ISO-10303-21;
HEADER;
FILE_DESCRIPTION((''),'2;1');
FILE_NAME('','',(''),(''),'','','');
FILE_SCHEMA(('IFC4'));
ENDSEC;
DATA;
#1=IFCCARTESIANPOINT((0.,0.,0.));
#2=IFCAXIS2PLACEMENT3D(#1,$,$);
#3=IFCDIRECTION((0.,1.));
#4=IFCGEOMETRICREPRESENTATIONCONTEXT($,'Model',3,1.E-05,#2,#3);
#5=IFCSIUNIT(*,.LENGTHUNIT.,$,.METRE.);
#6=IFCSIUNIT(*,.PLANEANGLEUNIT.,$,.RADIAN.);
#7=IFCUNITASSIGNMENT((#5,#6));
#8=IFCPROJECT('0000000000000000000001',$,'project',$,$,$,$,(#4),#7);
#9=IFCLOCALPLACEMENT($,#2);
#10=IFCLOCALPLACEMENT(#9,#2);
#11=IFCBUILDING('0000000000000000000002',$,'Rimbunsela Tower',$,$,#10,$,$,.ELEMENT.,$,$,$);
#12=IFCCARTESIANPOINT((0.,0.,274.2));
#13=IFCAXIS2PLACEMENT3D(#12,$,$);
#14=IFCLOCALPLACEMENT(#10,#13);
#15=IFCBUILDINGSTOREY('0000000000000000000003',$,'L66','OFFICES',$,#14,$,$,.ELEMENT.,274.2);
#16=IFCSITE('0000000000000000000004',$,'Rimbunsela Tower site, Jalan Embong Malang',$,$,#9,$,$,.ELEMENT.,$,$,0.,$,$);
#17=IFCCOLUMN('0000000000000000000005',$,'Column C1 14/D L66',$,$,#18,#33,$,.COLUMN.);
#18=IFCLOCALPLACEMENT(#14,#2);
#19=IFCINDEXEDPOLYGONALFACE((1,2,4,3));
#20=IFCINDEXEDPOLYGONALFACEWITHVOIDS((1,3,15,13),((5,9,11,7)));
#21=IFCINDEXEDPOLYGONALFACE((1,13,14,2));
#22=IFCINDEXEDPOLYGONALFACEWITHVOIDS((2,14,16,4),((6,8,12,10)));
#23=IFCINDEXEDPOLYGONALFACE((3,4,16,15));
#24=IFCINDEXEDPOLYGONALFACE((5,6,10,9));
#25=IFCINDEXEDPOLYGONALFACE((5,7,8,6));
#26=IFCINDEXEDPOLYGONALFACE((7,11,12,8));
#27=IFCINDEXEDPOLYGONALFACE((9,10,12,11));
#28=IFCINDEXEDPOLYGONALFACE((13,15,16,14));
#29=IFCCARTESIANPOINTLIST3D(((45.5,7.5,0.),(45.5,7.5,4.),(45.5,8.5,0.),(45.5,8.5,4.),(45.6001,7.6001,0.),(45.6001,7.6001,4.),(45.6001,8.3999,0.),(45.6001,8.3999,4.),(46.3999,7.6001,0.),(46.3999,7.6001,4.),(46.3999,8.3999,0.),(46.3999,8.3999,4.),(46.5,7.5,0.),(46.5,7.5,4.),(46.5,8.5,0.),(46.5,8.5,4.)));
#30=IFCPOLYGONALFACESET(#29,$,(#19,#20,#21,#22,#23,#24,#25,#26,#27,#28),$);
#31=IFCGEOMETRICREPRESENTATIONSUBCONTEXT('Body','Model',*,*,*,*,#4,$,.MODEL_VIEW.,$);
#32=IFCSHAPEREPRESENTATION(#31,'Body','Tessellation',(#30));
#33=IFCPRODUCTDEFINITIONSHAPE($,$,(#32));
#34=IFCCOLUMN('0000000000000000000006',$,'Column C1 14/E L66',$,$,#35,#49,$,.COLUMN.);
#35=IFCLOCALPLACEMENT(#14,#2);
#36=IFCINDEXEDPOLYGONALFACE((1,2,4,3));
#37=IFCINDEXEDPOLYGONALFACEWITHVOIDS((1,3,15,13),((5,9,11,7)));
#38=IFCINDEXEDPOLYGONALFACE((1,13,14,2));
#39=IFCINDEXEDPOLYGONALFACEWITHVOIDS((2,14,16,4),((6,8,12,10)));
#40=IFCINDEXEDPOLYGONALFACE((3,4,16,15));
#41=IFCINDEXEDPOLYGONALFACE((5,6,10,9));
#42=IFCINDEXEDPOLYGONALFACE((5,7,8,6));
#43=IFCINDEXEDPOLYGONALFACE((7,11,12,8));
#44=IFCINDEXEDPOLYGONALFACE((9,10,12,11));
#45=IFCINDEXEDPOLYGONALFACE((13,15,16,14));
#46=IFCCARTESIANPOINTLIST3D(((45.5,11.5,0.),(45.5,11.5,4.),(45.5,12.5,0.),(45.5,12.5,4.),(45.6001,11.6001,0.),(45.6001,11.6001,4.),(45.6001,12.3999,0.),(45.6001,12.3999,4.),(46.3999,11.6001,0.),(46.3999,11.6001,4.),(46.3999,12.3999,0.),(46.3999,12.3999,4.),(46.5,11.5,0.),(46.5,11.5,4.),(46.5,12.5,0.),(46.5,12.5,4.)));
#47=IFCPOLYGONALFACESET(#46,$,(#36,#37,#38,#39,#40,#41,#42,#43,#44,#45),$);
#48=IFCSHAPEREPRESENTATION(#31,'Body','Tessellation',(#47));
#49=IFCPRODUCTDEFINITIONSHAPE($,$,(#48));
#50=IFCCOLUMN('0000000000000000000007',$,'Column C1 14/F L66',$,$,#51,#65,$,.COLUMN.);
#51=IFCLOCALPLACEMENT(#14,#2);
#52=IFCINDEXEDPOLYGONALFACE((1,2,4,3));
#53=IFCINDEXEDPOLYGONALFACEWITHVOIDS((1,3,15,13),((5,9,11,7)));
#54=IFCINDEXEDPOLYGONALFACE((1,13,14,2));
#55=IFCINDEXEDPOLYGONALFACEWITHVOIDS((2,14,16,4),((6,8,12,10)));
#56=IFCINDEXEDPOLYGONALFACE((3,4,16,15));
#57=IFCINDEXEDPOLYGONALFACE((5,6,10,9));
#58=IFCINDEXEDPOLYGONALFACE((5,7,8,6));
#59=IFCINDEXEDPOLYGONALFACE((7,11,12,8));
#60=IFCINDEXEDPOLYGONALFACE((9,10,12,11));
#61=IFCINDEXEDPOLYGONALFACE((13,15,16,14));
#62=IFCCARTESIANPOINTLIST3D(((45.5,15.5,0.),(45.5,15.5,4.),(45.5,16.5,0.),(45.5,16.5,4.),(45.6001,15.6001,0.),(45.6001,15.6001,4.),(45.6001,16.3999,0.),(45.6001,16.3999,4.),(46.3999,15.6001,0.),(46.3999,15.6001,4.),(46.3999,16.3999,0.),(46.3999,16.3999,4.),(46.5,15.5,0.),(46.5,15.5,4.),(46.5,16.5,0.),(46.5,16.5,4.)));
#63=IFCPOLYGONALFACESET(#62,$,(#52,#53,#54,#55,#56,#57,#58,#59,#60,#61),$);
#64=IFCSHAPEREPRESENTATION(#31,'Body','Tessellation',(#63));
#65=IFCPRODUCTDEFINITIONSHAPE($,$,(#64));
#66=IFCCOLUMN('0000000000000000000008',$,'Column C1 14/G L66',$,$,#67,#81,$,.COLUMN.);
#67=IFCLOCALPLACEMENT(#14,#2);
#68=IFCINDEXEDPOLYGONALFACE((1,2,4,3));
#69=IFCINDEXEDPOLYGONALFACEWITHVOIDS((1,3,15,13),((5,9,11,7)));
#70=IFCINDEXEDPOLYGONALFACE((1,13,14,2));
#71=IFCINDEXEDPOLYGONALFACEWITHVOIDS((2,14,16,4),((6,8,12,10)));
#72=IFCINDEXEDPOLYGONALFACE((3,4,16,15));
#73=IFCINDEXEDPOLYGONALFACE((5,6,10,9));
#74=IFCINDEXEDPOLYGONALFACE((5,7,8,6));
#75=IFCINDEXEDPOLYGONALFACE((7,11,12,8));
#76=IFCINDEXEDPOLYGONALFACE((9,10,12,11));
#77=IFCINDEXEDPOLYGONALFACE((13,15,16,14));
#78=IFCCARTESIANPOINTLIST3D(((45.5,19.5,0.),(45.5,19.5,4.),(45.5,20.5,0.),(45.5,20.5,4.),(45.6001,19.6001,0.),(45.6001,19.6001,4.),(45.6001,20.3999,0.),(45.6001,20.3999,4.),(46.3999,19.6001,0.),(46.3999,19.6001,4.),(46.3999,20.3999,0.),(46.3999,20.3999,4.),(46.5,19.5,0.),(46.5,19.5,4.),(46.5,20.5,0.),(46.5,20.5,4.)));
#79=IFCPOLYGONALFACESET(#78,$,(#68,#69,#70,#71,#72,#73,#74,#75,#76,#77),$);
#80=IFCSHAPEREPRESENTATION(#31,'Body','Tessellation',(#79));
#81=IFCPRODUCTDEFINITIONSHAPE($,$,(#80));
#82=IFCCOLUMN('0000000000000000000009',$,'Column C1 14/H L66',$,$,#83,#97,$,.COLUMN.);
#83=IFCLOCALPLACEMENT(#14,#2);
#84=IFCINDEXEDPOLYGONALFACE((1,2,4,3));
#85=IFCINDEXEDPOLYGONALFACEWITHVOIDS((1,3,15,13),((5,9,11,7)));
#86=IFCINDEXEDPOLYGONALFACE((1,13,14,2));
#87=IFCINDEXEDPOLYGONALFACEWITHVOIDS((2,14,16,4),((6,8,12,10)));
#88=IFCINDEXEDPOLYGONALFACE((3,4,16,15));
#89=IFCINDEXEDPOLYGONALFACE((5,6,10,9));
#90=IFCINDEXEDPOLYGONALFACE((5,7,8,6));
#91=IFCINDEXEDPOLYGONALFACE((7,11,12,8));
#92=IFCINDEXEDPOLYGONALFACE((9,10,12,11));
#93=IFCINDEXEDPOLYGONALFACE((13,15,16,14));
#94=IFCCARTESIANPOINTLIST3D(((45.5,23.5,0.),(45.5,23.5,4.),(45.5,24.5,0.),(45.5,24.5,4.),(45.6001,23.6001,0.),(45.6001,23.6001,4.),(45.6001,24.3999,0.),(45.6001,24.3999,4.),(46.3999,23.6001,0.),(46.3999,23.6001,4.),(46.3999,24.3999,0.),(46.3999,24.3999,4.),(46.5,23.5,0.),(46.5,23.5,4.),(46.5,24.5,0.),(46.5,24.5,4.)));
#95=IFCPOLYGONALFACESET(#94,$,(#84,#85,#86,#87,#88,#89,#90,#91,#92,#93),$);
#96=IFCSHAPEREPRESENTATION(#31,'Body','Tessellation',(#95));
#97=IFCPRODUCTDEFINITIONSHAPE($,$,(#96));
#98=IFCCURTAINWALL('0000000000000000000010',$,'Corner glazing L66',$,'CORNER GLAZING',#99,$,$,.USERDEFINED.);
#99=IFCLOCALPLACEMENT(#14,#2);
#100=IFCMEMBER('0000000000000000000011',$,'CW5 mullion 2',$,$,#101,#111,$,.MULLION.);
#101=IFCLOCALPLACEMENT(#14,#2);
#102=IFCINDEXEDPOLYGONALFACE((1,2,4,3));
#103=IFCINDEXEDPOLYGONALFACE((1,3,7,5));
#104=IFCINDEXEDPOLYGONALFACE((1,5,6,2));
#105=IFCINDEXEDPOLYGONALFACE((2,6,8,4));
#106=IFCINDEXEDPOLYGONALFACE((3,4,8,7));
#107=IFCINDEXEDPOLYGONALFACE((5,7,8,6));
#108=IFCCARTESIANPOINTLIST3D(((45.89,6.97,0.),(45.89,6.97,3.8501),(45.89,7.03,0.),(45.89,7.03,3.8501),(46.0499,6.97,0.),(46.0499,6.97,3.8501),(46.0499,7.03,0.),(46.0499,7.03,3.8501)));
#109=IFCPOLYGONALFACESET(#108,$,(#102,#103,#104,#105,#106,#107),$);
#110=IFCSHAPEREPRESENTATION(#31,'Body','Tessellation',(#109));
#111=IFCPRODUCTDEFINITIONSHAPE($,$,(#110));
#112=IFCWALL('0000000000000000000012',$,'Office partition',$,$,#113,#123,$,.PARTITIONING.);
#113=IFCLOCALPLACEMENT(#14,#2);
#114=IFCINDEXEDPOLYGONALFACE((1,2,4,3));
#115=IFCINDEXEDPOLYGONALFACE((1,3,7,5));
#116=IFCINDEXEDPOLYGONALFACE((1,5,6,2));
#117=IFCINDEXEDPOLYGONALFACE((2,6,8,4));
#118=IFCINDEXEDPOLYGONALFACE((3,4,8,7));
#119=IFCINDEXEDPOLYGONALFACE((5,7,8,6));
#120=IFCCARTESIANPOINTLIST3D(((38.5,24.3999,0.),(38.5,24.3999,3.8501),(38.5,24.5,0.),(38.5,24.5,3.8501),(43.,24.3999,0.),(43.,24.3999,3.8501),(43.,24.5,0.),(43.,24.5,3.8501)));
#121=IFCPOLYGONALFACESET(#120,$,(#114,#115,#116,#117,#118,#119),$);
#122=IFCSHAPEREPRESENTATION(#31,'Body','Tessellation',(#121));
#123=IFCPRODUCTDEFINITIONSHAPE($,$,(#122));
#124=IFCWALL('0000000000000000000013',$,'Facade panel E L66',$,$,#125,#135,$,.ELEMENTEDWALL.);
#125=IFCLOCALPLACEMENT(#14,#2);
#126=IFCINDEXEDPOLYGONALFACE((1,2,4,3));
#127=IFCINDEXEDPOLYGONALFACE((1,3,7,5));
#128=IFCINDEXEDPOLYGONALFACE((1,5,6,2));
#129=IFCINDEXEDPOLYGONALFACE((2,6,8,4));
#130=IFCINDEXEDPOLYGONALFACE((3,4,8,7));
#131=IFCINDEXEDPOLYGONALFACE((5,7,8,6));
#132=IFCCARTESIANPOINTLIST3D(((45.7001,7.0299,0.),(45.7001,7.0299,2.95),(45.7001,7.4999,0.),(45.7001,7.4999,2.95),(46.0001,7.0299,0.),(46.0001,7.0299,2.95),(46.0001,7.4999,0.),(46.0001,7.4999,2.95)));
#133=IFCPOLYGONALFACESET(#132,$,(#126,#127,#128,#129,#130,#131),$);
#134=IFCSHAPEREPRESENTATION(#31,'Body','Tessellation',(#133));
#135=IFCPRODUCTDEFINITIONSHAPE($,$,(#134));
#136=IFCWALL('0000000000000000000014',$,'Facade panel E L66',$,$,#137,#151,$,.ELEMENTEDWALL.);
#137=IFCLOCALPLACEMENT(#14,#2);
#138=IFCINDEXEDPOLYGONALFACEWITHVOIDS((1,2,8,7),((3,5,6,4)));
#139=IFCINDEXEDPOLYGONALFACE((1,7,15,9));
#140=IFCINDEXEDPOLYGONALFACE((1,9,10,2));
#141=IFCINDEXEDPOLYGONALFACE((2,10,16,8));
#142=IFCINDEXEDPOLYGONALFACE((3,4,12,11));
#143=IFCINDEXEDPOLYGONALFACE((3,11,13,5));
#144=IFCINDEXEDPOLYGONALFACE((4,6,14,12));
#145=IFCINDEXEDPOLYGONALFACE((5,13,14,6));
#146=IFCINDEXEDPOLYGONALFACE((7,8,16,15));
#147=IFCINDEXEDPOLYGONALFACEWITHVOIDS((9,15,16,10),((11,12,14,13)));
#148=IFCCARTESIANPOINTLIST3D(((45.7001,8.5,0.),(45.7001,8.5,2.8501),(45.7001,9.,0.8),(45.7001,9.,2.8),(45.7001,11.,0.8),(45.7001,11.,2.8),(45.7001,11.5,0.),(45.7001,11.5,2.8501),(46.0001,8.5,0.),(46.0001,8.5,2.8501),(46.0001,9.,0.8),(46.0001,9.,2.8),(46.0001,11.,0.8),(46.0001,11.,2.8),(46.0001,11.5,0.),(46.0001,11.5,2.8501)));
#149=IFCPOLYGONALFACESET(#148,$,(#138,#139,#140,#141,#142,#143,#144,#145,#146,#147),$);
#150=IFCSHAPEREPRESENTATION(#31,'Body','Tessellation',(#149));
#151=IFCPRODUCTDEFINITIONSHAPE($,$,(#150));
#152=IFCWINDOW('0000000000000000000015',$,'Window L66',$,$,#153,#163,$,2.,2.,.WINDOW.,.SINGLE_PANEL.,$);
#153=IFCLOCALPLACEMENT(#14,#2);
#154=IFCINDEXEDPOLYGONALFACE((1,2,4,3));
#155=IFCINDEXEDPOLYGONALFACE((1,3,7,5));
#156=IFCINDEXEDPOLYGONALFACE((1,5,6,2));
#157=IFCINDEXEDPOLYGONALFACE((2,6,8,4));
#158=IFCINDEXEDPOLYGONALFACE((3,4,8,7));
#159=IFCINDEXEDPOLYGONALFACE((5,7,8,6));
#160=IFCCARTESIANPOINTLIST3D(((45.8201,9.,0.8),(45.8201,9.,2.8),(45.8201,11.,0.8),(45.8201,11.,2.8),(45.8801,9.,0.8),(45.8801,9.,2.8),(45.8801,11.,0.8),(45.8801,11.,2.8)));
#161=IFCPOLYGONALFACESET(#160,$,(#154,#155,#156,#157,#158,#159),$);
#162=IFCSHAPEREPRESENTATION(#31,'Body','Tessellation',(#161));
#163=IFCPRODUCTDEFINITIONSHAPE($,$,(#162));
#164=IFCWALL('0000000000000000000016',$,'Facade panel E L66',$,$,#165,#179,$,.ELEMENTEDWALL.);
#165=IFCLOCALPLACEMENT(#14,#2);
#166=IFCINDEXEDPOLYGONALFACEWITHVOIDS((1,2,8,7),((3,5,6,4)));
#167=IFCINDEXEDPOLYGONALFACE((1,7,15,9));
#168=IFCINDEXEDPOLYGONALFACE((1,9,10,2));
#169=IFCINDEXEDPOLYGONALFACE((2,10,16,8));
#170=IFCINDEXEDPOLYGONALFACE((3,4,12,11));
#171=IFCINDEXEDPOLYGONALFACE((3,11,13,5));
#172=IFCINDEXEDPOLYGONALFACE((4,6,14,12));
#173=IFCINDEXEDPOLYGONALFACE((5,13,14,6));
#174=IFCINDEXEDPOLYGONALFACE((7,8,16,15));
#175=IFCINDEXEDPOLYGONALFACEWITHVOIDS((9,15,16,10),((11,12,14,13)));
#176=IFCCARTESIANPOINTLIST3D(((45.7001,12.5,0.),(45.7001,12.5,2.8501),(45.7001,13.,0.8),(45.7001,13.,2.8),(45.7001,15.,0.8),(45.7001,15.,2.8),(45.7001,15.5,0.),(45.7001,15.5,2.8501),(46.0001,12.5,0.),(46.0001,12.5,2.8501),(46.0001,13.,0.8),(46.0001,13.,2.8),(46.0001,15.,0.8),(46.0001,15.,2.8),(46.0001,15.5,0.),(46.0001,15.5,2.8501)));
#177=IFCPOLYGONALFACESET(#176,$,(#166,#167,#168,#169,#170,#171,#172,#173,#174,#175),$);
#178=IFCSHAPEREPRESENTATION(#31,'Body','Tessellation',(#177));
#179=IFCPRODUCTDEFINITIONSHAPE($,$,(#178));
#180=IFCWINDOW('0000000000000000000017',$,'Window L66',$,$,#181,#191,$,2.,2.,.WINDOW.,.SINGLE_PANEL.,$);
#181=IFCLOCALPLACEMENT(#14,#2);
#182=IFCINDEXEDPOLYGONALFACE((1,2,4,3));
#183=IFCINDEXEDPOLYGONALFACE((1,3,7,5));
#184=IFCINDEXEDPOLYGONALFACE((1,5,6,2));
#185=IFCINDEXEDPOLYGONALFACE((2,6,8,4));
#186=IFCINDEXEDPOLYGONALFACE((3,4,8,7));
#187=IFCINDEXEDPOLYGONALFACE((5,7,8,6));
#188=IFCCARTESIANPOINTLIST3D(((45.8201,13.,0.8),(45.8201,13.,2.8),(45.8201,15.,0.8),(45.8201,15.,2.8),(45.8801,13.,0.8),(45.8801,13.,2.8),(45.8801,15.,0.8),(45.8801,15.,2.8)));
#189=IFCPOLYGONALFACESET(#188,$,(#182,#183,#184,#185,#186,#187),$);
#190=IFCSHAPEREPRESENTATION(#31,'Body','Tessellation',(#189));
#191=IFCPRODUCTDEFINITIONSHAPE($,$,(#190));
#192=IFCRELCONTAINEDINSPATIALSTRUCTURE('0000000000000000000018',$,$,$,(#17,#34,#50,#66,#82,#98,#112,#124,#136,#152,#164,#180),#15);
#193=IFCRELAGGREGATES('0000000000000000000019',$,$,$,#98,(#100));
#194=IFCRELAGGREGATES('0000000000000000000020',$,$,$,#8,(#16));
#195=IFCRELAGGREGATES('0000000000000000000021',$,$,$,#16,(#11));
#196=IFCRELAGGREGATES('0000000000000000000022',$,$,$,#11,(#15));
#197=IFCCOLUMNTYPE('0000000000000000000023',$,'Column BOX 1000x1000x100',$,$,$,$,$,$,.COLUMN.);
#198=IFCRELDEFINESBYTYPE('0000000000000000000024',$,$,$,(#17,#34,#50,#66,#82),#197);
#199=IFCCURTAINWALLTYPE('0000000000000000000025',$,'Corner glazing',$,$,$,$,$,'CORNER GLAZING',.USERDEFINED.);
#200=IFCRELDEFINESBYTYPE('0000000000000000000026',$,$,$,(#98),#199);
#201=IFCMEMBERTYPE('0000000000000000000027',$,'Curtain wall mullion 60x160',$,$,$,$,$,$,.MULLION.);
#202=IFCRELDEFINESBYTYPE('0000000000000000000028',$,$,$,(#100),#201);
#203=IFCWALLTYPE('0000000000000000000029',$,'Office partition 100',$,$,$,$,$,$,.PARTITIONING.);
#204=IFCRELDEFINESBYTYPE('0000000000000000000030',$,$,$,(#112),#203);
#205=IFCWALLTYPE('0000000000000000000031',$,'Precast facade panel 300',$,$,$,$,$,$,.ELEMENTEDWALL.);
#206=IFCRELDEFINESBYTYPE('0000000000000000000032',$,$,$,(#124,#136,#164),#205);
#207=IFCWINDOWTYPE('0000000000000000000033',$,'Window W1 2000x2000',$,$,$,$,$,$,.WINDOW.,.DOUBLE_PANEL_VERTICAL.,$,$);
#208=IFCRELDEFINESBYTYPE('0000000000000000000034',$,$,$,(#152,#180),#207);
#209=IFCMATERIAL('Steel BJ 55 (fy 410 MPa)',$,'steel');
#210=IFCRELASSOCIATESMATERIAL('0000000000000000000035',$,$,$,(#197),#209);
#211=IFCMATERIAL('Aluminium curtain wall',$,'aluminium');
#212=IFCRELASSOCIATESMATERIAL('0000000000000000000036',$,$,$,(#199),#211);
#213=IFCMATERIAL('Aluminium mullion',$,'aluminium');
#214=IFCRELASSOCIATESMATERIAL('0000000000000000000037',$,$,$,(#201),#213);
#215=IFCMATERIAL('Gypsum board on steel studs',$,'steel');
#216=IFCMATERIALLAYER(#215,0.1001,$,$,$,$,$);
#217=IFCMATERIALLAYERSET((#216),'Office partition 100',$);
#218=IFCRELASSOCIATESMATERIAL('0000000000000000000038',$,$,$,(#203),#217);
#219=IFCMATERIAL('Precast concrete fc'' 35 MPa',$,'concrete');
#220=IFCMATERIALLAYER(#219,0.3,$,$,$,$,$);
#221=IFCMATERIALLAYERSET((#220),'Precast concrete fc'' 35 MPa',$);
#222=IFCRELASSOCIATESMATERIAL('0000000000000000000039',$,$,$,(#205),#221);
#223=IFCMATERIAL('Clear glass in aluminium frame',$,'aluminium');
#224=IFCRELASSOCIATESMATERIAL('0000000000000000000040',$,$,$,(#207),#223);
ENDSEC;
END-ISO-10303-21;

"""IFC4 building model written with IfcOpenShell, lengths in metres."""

from ifc_helpers import new_model, si_unit, direction, frame, frame_2d, origin, origin_2d, place, context, subcontext, project, spatial, rectangle, hollow_rectangle, extrude, material, layer, layer_set, material_profile, profile_set, type_object, element, fill, aggregate, save


model = new_model("IFC4")

# Units and contexts
model_context = context("Model", 3, precision=1e-05, world=origin(), true_north=direction((0.0, 1.0)))
body_context = subcontext(model_context, "Body", "Model", "MODEL_VIEW")
ifc_project = project(units=[si_unit("LENGTHUNIT", "METRE"), si_unit("PLANEANGLEUNIT", "RADIAN")], contexts=[model_context])

# Site, building, storey
site_placement = place(None, origin())
site = spatial("IfcSite", under=ifc_project, at=site_placement, Name="Rimbunsela Tower site, Jalan Embong Malang", CompositionType="ELEMENT", RefElevation=0.0)
building_placement = place(site_placement, origin())
building = spatial("IfcBuilding", under=site, at=building_placement, Name="Rimbunsela Tower", CompositionType="ELEMENT")
storey_placement = place(building_placement, frame((0.0, 0.0, 274.2)))
storey = spatial("IfcBuildingStorey", under=building, at=storey_placement, Name="L66", Description="OFFICES", CompositionType="ELEMENT", Elevation=274.2)

# Columns
ifc_material_1 = material(Name="Steel BJ 55 (fy 410 MPa)", Category="steel")
ifc_material_profile_1 = material_profile(ifc_material_1, hollow_rectangle(XDim=1.0, YDim=1.0, WallThickness=0.1001, at=origin_2d()), Name="BOX 1000x1000x100")
ifc_profile_set_1 = profile_set([ifc_material_profile_1], Name="Steel BJ 55 (fy 410 MPa)")
column_type = type_object("IfcColumnType", Name="Column BOX 1000x1000x100", PredefinedType="COLUMN", material=ifc_profile_set_1)
for number, where, z_axis, x_axis, name in (
    (1, (46.0, 8.0, 0.0), (0.0, 0.0, 1.0), (1.0, 0.0, 0.0), "Column C1 14/D L66"),
    (2, (46.0, 12.0, 0.0), (0.0, 0.0, 1.0), (1.0, 0.0, 0.0), "Column C1 14/E L66"),
    (3, (46.0, 16.0, 0.0), (0.0, 0.0, 1.0), (1.0, 0.0, 0.0), "Column C1 14/F L66"),
    (4, (46.0, 20.0, 0.0), (0.0, 0.0, 1.0), (1.0, 0.0, 0.0), "Column C1 14/G L66"),
    (5, (46.0, 24.0, 0.0), (0.0, 0.0, 1.0), (1.0, 0.0, 0.0), "Column C1 14/H L66"),
):
    element("IfcColumn", number, at=place(storey_placement, frame(where, z_axis=z_axis, x_axis=x_axis)), inside=storey, type_object=column_type, Name=name, PredefinedType="COLUMN", context=body_context, shape_type="SweptSolid", body=[
        extrude(hollow_rectangle(XDim=1.0, YDim=1.0, WallThickness=0.1001, at=origin_2d()), origin(), (0.0, 0.0, 1.0), 4.0),
    ])

# Curtain wall, member
ifc_material_2 = material(Name="Aluminium curtain wall", Category="aluminium")
curtain_wall_type = type_object("IfcCurtainWallType", Name="Corner glazing", ElementType="CORNER GLAZING", PredefinedType="USERDEFINED", material=ifc_material_2)
curtain_wall_placement = place(storey_placement, origin())
curtain_wall = element("IfcCurtainWall", 6, at=curtain_wall_placement, inside=storey, type_object=curtain_wall_type, Name="Corner glazing L66", ObjectType="CORNER GLAZING", PredefinedType="USERDEFINED")
ifc_material_3 = material(Name="Aluminium mullion", Category="aluminium")
ifc_material_profile_2 = material_profile(ifc_material_3, rectangle(XDim=0.0601, YDim=0.1599, at=origin_2d()), Name="Mullion 60x160")
ifc_profile_set_2 = profile_set([ifc_material_profile_2], Name="Aluminium mullion")
member_type = type_object("IfcMemberType", Name="Curtain wall mullion 60x160", PredefinedType="MULLION", material=ifc_profile_set_2)
member_placement = place(storey_placement, frame((45.97, 7.0, 0.0), z_axis=(0.0, 0.0, 1.0), x_axis=(0.0, 1.0, 0.0)))
member = element("IfcMember", 7, at=member_placement, type_object=member_type, Name="CW5 mullion 2", PredefinedType="MULLION", context=body_context, shape_type="SweptSolid", body=[
    extrude(rectangle(XDim=0.0601, YDim=0.1599, at=origin_2d()), origin(), (0.0, 0.0, 1.0), 3.8501),
])
aggregate(curtain_wall, [member])

# Walls
ifc_material_4 = material(Name="Gypsum board on steel studs", Category="steel")
ifc_layer_1 = layer(ifc_material_4, 0.1001)
ifc_layer_set_1 = layer_set([ifc_layer_1], Name="Office partition 100")
wall_type_1 = type_object("IfcWallType", Name="Office partition 100", PredefinedType="PARTITIONING", material=ifc_layer_set_1)
wall_1_placement = place(storey_placement, frame((38.5, 24.45, 0.0), z_axis=(0.0, 0.0, 1.0), x_axis=(1.0, 0.0, 0.0)))
element("IfcWall", 8, at=wall_1_placement, inside=storey, type_object=wall_type_1, Name="Office partition", PredefinedType="PARTITIONING", context=body_context, shape_type="SweptSolid", body=[
    extrude(rectangle(XDim=4.5, YDim=0.1001, at=frame_2d((2.25, 0.0))), origin(), (0.0, 0.0, 1.0), 3.8501),
])
ifc_material_5 = material(Name="Precast concrete fc' 35 MPa", Category="concrete")
ifc_layer_2 = layer(ifc_material_5, 0.3)
ifc_layer_set_2 = layer_set([ifc_layer_2], Name="Precast concrete fc' 35 MPa")
wall_type_2 = type_object("IfcWallType", Name="Precast facade panel 300", PredefinedType="ELEMENTEDWALL", material=ifc_layer_set_2)
wall_2_placement = place(storey_placement, frame((45.8501, 7.03, 0.0), z_axis=(0.0, 0.0, 1.0), x_axis=(0.0, 1.0, 0.0)))
element("IfcWall", 9, at=wall_2_placement, inside=storey, type_object=wall_type_2, Name="Facade panel E L66", PredefinedType="ELEMENTEDWALL", context=body_context, shape_type="SweptSolid", body=[
    extrude(rectangle(XDim=0.47, YDim=0.3, at=frame_2d((0.2349, 0.0))), origin(), (0.0, 0.0, 1.0), 2.95),
])

# Walls, openings, windows
wall_3_placement = place(storey_placement, frame((45.8501, 8.5, 0.0), z_axis=(0.0, 0.0, 1.0), x_axis=(0.0, 1.0, 0.0)))
wall_3 = element("IfcWall", 10, at=wall_3_placement, inside=storey, type_object=wall_type_2, Name="Facade panel E L66", PredefinedType="ELEMENTEDWALL", context=body_context, shape_type="SweptSolid", body=[
    extrude(rectangle(XDim=3.0, YDim=0.3, at=frame_2d((1.5, 0.0))), origin(), (0.0, 0.0, 1.0), 2.8501),
])
opening_1_placement = place(wall_3_placement, frame((0.5, 0.0, 0.8)))
opening_1 = element("IfcOpeningElement", 11, at=opening_1_placement, cuts=wall_3, PredefinedType="OPENING", context=body_context, shape_type="SweptSolid", body=[
    extrude(rectangle(XDim=2.0, YDim=2.0, at=frame_2d((1.0, 1.0))), frame((0.0, 0.1599, 0.0), z_axis=(0.0, -1.0, 0.0), x_axis=(1.0, 0.0, 0.0)), (0.0, 0.0, 1.0), 0.3201),
])
ifc_material_6 = material(Name="Clear glass in aluminium frame", Category="aluminium")
window_type = type_object("IfcWindowType", Name="Window W1 2000x2000", PartitioningType="DOUBLE_PANEL_VERTICAL", PredefinedType="WINDOW", material=ifc_material_6)
window_1_placement = place(opening_1_placement, origin())
window_1 = element("IfcWindow", 12, at=window_1_placement, inside=storey, type_object=window_type, Name="Window L66", OverallHeight=2.0, OverallWidth=2.0, PartitioningType="SINGLE_PANEL", PredefinedType="WINDOW", context=body_context, shape_type="SweptSolid", body=[
    extrude(rectangle(XDim=2.0, YDim=2.0, at=frame_2d((1.0, 1.0))), frame((0.0, 0.03, 0.0), z_axis=(0.0, -1.0, 0.0), x_axis=(1.0, 0.0, 0.0)), (0.0, 0.0, 1.0), 0.0601),
])
fill(opening_1, window_1)
wall_4_placement = place(storey_placement, frame((45.8501, 12.5, 0.0), z_axis=(0.0, 0.0, 1.0), x_axis=(0.0, 1.0, 0.0)))
wall_4 = element("IfcWall", 13, at=wall_4_placement, inside=storey, type_object=wall_type_2, Name="Facade panel E L66", PredefinedType="ELEMENTEDWALL", context=body_context, shape_type="SweptSolid", body=[
    extrude(rectangle(XDim=3.0, YDim=0.3, at=frame_2d((1.5, 0.0))), origin(), (0.0, 0.0, 1.0), 2.8501),
])
opening_2_placement = place(wall_4_placement, frame((0.5, 0.0, 0.8)))
opening_2 = element("IfcOpeningElement", 14, at=opening_2_placement, cuts=wall_4, PredefinedType="OPENING", context=body_context, shape_type="SweptSolid", body=[
    extrude(rectangle(XDim=2.0, YDim=2.0, at=frame_2d((1.0, 1.0))), frame((0.0, 0.1599, 0.0), z_axis=(0.0, -1.0, 0.0), x_axis=(1.0, 0.0, 0.0)), (0.0, 0.0, 1.0), 0.3201),
])
window_2_placement = place(opening_2_placement, origin())
window_2 = element("IfcWindow", 15, at=window_2_placement, inside=storey, type_object=window_type, Name="Window L66", OverallHeight=2.0, OverallWidth=2.0, PartitioningType="SINGLE_PANEL", PredefinedType="WINDOW", context=body_context, shape_type="SweptSolid", body=[
    extrude(rectangle(XDim=2.0, YDim=2.0, at=frame_2d((1.0, 1.0))), frame((0.0, 0.03, 0.0), z_axis=(0.0, -1.0, 0.0), x_axis=(1.0, 0.0, 0.0)), (0.0, 0.0, 1.0), 0.0601),
])
fill(opening_2, window_2)

save(model, "model.ifc")
